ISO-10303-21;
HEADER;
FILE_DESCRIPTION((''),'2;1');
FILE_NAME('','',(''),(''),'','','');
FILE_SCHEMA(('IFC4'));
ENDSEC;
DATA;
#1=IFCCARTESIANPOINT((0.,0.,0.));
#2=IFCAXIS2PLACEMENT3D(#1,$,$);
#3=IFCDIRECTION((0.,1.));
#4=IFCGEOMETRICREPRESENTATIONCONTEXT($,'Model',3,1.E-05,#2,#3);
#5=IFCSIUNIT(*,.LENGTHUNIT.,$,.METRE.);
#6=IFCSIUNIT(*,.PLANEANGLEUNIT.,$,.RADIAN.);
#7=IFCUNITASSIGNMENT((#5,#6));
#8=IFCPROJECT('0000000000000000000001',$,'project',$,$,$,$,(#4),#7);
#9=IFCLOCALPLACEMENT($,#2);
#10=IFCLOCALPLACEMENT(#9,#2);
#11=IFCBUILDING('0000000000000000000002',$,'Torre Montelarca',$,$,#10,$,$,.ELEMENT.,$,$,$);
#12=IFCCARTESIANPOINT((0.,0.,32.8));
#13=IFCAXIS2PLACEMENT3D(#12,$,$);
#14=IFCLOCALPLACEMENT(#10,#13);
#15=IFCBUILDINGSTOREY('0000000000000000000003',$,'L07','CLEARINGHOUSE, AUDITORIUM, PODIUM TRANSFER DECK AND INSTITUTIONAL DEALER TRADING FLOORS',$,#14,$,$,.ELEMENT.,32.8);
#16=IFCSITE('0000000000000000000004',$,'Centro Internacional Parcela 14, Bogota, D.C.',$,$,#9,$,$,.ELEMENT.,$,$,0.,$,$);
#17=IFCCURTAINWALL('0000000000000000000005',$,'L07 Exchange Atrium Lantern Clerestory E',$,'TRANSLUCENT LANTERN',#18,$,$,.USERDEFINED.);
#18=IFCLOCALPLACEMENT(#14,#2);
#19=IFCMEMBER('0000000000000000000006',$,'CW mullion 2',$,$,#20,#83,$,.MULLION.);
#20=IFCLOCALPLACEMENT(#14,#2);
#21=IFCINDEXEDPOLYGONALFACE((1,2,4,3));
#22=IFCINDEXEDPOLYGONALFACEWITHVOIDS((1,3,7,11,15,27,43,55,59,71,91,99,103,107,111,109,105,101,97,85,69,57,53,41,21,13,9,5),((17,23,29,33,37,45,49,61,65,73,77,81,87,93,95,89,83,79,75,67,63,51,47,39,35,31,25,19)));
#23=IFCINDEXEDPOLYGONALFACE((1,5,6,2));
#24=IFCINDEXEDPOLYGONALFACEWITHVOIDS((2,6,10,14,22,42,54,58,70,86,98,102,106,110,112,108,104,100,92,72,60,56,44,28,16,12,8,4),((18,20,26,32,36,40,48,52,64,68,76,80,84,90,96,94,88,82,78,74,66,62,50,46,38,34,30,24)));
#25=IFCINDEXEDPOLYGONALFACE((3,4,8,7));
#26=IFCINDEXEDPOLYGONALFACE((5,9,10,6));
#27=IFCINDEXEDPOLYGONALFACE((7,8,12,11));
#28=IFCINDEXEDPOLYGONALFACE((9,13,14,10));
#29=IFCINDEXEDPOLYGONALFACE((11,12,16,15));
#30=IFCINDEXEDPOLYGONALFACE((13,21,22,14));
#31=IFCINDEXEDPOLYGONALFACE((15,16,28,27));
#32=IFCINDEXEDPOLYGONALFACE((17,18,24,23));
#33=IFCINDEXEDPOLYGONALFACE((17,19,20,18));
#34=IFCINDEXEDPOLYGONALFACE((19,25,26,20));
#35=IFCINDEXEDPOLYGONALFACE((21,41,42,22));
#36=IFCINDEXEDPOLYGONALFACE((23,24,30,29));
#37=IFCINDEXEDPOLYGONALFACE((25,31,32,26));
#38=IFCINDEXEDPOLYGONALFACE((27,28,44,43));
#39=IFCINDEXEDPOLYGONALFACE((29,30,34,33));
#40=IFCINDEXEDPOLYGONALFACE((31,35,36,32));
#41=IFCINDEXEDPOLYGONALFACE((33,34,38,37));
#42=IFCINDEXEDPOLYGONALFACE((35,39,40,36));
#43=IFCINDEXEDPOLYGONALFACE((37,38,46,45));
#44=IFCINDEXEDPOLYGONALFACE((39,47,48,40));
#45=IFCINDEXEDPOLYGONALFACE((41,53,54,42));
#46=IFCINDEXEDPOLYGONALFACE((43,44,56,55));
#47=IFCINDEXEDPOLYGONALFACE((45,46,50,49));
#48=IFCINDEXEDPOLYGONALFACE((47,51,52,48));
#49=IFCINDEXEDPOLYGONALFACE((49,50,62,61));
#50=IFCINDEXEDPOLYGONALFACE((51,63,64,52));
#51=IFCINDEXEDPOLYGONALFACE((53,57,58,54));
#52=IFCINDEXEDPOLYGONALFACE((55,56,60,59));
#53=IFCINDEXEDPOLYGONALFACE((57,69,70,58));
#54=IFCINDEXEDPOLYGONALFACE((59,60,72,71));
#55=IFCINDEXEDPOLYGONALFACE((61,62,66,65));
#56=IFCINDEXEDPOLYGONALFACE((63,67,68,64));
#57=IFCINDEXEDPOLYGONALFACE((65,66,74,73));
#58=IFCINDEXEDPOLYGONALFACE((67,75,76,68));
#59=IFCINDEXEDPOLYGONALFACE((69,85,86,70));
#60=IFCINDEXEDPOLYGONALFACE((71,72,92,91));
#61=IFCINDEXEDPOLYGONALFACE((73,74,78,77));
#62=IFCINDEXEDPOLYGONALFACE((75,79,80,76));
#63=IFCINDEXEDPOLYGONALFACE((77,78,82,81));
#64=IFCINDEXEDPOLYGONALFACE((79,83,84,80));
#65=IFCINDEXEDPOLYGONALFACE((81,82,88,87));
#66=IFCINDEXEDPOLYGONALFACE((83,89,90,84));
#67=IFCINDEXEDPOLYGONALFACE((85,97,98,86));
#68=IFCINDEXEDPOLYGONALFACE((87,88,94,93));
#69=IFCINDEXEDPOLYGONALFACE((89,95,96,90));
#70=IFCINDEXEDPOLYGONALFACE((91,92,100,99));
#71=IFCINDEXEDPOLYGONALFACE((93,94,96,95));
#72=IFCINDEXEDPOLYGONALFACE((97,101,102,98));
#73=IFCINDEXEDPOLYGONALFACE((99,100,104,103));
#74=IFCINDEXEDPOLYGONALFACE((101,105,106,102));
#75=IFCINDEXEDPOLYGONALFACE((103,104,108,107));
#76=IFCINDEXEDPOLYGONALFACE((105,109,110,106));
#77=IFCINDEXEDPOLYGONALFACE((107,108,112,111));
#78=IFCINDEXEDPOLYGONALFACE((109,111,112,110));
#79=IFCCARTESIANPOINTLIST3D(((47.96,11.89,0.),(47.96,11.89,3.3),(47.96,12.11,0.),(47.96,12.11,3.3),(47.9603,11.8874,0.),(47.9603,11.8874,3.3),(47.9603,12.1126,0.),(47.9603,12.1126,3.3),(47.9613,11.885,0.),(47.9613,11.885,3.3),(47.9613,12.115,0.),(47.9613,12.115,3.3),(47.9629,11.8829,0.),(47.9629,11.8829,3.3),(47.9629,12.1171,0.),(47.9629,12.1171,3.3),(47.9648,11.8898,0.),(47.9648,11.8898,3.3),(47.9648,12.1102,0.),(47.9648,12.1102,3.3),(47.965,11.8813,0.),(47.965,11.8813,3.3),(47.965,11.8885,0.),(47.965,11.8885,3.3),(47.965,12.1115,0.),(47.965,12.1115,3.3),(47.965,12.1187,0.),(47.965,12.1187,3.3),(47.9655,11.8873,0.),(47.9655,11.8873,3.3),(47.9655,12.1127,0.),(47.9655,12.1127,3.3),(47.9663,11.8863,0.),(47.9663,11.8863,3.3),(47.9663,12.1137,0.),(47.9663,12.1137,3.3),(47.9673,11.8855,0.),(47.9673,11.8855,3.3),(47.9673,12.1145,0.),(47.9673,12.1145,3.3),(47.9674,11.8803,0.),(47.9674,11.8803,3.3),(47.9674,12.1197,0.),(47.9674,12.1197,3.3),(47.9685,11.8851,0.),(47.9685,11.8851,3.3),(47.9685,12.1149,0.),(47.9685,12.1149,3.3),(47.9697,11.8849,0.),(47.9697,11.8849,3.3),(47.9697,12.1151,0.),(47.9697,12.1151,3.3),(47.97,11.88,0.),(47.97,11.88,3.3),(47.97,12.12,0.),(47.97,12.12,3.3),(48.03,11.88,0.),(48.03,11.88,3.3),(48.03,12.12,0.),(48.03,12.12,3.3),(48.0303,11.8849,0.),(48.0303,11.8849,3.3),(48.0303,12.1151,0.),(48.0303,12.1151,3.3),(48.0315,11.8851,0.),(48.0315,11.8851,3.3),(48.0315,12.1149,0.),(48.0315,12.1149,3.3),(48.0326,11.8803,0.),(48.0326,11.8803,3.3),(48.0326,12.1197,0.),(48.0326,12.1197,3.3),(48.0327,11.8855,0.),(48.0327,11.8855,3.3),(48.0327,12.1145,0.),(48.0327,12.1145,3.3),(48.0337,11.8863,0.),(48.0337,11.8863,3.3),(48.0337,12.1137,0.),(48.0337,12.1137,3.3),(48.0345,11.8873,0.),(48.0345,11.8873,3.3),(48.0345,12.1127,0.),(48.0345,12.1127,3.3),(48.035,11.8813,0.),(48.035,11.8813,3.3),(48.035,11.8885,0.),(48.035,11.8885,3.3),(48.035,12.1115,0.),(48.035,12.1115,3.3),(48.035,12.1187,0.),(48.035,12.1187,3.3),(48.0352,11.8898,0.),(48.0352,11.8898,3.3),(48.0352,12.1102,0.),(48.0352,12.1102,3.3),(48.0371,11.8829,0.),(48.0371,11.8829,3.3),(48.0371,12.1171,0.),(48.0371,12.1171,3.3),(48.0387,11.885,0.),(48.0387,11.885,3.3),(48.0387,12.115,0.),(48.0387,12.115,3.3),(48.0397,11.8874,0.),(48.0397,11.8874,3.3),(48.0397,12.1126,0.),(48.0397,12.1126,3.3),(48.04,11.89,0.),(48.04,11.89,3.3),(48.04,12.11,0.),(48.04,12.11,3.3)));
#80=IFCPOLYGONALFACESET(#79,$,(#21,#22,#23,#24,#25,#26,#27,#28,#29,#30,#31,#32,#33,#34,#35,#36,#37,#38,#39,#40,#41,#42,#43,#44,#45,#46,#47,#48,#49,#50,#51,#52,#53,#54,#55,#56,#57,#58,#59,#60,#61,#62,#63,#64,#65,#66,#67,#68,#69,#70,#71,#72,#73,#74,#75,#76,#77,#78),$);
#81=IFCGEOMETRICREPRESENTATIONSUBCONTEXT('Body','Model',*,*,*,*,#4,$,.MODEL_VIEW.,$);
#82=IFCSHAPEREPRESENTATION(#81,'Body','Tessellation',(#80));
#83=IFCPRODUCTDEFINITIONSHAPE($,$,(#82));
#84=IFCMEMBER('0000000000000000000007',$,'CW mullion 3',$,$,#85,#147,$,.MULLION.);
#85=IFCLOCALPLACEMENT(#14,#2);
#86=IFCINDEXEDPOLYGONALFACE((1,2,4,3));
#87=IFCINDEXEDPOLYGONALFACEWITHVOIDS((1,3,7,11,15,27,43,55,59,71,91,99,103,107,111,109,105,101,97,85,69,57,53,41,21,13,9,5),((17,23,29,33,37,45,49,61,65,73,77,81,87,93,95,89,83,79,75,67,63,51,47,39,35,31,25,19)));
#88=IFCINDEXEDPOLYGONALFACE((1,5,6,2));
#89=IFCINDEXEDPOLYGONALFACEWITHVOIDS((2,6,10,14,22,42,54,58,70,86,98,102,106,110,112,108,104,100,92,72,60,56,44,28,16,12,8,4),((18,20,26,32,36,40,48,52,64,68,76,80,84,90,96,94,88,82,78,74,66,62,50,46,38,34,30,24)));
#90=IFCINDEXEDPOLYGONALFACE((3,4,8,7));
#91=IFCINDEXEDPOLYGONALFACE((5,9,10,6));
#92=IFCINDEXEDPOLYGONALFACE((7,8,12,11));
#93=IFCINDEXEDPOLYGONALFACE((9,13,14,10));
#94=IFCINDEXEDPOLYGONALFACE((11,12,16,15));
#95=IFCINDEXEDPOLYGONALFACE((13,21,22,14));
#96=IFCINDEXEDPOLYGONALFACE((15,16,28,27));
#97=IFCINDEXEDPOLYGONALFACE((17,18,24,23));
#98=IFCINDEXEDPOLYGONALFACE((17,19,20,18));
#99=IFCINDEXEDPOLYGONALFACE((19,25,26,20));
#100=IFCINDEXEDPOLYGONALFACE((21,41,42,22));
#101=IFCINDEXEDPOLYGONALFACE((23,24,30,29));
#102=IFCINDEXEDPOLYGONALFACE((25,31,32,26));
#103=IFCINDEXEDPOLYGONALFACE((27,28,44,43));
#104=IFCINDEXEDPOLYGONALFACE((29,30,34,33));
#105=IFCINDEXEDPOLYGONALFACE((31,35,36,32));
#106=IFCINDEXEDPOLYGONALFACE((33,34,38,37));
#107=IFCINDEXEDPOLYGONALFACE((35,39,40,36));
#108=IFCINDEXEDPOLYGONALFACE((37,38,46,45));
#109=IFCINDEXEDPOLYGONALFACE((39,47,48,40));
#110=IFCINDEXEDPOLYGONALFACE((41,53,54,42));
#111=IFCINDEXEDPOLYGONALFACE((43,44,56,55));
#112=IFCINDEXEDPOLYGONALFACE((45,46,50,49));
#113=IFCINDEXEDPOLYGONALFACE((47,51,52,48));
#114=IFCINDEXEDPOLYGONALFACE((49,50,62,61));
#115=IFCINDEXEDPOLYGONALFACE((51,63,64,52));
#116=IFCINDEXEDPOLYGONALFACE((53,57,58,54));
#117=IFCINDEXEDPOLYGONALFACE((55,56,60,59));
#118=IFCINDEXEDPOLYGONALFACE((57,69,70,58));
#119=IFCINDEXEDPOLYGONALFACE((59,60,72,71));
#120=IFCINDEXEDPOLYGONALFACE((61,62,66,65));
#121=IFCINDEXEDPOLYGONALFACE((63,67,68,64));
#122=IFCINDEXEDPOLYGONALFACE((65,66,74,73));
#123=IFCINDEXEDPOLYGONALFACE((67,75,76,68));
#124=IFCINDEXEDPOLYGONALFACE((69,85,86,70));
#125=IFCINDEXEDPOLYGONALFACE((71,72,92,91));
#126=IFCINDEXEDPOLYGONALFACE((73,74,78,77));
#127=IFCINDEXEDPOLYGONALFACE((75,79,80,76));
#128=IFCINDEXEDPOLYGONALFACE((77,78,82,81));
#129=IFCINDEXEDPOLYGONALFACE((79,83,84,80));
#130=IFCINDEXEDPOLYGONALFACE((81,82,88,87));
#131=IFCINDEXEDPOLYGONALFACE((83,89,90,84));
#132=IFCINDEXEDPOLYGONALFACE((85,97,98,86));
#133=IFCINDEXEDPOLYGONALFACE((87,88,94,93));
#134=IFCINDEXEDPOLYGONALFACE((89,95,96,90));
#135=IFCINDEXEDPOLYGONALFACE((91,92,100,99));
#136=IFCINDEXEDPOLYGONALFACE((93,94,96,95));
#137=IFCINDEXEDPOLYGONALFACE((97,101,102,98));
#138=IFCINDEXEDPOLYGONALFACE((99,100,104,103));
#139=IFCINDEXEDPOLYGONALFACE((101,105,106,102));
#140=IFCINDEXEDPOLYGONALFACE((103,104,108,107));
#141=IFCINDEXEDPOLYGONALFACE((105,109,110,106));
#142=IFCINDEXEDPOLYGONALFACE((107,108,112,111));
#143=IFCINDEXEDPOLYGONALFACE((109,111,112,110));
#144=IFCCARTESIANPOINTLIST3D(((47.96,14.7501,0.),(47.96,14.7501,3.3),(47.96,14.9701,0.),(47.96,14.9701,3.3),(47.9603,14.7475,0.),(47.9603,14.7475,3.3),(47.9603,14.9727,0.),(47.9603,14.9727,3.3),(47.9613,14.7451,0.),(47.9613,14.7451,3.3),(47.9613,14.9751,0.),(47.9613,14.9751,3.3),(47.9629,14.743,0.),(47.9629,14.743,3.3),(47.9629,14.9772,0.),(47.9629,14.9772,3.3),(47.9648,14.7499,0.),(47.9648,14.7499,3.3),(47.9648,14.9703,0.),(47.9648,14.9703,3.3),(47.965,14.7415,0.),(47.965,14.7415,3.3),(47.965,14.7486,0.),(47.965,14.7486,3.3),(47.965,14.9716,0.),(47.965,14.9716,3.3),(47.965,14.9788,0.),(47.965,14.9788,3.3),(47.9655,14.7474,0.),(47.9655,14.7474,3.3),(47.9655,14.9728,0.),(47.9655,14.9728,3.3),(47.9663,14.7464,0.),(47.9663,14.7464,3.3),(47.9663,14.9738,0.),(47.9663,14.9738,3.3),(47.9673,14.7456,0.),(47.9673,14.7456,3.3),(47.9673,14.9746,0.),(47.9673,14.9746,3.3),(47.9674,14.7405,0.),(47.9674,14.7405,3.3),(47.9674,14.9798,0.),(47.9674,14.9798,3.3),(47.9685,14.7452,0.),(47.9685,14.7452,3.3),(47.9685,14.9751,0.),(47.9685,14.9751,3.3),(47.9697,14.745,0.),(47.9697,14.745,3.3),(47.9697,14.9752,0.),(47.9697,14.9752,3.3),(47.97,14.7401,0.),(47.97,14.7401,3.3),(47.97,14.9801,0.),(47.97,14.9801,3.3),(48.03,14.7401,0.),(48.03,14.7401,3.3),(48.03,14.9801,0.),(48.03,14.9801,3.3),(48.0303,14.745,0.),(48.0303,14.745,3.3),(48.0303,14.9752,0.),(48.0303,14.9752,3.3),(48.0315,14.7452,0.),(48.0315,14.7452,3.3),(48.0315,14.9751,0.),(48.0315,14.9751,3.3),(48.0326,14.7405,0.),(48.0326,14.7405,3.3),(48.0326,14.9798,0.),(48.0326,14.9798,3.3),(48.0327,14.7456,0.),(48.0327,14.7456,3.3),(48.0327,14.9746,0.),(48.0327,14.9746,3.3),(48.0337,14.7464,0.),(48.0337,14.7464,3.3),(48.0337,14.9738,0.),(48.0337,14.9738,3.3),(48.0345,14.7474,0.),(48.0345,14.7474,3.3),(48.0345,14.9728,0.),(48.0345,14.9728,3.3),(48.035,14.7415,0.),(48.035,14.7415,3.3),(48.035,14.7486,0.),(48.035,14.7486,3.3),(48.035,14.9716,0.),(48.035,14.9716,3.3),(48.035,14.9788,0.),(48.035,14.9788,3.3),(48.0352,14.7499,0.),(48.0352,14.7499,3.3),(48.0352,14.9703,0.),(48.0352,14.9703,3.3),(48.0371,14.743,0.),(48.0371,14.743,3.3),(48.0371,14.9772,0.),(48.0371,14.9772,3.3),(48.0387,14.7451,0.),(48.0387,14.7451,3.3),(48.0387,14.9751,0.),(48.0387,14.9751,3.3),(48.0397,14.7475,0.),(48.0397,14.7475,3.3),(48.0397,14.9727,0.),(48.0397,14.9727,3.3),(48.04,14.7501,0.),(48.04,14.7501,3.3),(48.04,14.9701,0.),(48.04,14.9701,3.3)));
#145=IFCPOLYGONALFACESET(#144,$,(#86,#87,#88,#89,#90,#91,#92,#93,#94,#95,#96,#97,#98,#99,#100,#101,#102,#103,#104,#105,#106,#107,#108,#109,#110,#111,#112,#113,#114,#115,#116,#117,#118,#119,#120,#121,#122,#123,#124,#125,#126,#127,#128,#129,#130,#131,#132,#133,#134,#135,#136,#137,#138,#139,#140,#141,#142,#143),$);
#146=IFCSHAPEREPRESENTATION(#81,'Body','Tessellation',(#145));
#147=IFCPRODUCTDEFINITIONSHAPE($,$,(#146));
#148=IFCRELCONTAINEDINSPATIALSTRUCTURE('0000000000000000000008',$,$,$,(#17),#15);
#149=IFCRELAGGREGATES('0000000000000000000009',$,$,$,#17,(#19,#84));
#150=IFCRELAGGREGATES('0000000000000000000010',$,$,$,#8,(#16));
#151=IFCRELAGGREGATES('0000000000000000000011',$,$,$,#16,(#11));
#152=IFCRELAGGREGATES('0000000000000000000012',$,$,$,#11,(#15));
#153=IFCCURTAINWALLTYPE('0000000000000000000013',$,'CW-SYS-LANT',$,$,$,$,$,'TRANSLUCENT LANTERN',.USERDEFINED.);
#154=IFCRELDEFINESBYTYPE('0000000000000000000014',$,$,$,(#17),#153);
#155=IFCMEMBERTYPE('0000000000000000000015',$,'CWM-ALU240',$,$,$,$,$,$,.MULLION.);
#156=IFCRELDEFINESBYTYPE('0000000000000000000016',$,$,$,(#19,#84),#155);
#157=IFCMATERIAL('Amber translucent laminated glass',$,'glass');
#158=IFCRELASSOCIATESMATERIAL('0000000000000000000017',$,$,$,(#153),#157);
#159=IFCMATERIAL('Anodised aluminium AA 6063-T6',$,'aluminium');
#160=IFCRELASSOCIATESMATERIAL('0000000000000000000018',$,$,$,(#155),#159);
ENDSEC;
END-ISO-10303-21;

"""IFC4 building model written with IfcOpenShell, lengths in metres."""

from ifc_helpers import new_model, si_unit, direction, frame, origin, origin_2d, place, context, subcontext, project, spatial, hollow_rectangle, extrude, source, transform, mapped, material, material_profile, profile_set, type_object, element, aggregate, save


model = new_model("IFC4")

# Units and contexts
model_context = context("Model", 3, precision=1e-05, world=origin(), true_north=direction((0.0, 1.0)))
body_context = subcontext(model_context, "Body", "Model", "MODEL_VIEW")
ifc_project = project(units=[si_unit("LENGTHUNIT", "METRE"), si_unit("PLANEANGLEUNIT", "RADIAN")], contexts=[model_context])

# Site, building, storey
site_placement = place(None, origin())
site = spatial("IfcSite", under=ifc_project, at=site_placement, Name="Centro Internacional Parcela 14, Bogota, D.C.", CompositionType="ELEMENT", RefElevation=0.0)
building_placement = place(site_placement, origin())
building = spatial("IfcBuilding", under=site, at=building_placement, Name="Torre Montelarca", CompositionType="ELEMENT")
storey_placement = place(building_placement, frame((0.0, 0.0, 32.8)))
storey = spatial("IfcBuildingStorey", under=building, at=storey_placement, Name="L07", Description="CLEARINGHOUSE, AUDITORIUM, PODIUM TRANSFER DECK AND INSTITUTIONAL DEALER TRADING FLOORS", CompositionType="ELEMENT", Elevation=32.8)

# Shared definitions
ifc_material_1 = material(Name="Anodised aluminium AA 6063-T6", Category="aluminium")

# Curtain wall, members
ifc_material_2 = material(Name="Amber translucent laminated glass", Category="glass")
curtain_wall_type_1 = type_object("IfcCurtainWallType", Name="CW-SYS-LANT", ElementType="TRANSLUCENT LANTERN", PredefinedType="USERDEFINED", material=ifc_material_2)
curtain_wall_1_placement = place(storey_placement, origin())
curtain_wall_1 = element("IfcCurtainWall", 1, at=curtain_wall_1_placement, inside=storey, type_object=curtain_wall_type_1, Name="L07 Exchange Atrium Lantern Clerestory E", ObjectType="TRANSLUCENT LANTERN", PredefinedType="USERDEFINED")
ifc_material_profile_1 = material_profile(ifc_material_1, hollow_rectangle(XDim=0.0801, YDim=0.24, WallThickness=0.0049, InnerFilletRadius=0.0049, OuterFilletRadius=0.01, at=origin_2d()), Name="ALU80X240X5", Category="aluminium")
ifc_profile_set_1 = profile_set([ifc_material_profile_1], Name="Anodised aluminium AA 6063-T6")
member_type_1 = type_object("IfcMemberType", Name="CWM-ALU240", PredefinedType="MULLION", material=ifc_profile_set_1)
shared_shape_1 = source(origin(), body_context, "Body", "SweptSolid", [
    extrude(hollow_rectangle(XDim=0.0801, YDim=0.24, WallThickness=0.0049, InnerFilletRadius=0.0049, OuterFilletRadius=0.01, at=origin_2d()), origin(), (0.0, 0.0, 1.0), 3.3),
])
member_1_placement = place(storey_placement, frame((48.0, 12.0, 0.0), z_axis=(0.0, 0.0, 1.0), x_axis=(-1.0, 0.0, 0.0)))
member_1 = element("IfcMember", 2, at=member_1_placement, type_object=member_type_1, Name="CW mullion 2", PredefinedType="MULLION", context=body_context, shape_type="MappedRepresentation", body=[
    mapped(shared_shape_1, transform((0.0, 0.0, 0.0), scale=1.0)),
])
member_2_placement = place(storey_placement, frame((48.0, 14.8601, 0.0), z_axis=(0.0, 0.0, 1.0), x_axis=(-1.0, 0.0, 0.0)))
member_2 = element("IfcMember", 3, at=member_2_placement, type_object=member_type_1, Name="CW mullion 3", PredefinedType="MULLION", context=body_context, shape_type="MappedRepresentation", body=[
    mapped(shared_shape_1, transform((0.0, 0.0, 0.0), scale=1.0)),
])

aggregate(curtain_wall_1, [member_1, member_2])

save(model, "model.ifc")
